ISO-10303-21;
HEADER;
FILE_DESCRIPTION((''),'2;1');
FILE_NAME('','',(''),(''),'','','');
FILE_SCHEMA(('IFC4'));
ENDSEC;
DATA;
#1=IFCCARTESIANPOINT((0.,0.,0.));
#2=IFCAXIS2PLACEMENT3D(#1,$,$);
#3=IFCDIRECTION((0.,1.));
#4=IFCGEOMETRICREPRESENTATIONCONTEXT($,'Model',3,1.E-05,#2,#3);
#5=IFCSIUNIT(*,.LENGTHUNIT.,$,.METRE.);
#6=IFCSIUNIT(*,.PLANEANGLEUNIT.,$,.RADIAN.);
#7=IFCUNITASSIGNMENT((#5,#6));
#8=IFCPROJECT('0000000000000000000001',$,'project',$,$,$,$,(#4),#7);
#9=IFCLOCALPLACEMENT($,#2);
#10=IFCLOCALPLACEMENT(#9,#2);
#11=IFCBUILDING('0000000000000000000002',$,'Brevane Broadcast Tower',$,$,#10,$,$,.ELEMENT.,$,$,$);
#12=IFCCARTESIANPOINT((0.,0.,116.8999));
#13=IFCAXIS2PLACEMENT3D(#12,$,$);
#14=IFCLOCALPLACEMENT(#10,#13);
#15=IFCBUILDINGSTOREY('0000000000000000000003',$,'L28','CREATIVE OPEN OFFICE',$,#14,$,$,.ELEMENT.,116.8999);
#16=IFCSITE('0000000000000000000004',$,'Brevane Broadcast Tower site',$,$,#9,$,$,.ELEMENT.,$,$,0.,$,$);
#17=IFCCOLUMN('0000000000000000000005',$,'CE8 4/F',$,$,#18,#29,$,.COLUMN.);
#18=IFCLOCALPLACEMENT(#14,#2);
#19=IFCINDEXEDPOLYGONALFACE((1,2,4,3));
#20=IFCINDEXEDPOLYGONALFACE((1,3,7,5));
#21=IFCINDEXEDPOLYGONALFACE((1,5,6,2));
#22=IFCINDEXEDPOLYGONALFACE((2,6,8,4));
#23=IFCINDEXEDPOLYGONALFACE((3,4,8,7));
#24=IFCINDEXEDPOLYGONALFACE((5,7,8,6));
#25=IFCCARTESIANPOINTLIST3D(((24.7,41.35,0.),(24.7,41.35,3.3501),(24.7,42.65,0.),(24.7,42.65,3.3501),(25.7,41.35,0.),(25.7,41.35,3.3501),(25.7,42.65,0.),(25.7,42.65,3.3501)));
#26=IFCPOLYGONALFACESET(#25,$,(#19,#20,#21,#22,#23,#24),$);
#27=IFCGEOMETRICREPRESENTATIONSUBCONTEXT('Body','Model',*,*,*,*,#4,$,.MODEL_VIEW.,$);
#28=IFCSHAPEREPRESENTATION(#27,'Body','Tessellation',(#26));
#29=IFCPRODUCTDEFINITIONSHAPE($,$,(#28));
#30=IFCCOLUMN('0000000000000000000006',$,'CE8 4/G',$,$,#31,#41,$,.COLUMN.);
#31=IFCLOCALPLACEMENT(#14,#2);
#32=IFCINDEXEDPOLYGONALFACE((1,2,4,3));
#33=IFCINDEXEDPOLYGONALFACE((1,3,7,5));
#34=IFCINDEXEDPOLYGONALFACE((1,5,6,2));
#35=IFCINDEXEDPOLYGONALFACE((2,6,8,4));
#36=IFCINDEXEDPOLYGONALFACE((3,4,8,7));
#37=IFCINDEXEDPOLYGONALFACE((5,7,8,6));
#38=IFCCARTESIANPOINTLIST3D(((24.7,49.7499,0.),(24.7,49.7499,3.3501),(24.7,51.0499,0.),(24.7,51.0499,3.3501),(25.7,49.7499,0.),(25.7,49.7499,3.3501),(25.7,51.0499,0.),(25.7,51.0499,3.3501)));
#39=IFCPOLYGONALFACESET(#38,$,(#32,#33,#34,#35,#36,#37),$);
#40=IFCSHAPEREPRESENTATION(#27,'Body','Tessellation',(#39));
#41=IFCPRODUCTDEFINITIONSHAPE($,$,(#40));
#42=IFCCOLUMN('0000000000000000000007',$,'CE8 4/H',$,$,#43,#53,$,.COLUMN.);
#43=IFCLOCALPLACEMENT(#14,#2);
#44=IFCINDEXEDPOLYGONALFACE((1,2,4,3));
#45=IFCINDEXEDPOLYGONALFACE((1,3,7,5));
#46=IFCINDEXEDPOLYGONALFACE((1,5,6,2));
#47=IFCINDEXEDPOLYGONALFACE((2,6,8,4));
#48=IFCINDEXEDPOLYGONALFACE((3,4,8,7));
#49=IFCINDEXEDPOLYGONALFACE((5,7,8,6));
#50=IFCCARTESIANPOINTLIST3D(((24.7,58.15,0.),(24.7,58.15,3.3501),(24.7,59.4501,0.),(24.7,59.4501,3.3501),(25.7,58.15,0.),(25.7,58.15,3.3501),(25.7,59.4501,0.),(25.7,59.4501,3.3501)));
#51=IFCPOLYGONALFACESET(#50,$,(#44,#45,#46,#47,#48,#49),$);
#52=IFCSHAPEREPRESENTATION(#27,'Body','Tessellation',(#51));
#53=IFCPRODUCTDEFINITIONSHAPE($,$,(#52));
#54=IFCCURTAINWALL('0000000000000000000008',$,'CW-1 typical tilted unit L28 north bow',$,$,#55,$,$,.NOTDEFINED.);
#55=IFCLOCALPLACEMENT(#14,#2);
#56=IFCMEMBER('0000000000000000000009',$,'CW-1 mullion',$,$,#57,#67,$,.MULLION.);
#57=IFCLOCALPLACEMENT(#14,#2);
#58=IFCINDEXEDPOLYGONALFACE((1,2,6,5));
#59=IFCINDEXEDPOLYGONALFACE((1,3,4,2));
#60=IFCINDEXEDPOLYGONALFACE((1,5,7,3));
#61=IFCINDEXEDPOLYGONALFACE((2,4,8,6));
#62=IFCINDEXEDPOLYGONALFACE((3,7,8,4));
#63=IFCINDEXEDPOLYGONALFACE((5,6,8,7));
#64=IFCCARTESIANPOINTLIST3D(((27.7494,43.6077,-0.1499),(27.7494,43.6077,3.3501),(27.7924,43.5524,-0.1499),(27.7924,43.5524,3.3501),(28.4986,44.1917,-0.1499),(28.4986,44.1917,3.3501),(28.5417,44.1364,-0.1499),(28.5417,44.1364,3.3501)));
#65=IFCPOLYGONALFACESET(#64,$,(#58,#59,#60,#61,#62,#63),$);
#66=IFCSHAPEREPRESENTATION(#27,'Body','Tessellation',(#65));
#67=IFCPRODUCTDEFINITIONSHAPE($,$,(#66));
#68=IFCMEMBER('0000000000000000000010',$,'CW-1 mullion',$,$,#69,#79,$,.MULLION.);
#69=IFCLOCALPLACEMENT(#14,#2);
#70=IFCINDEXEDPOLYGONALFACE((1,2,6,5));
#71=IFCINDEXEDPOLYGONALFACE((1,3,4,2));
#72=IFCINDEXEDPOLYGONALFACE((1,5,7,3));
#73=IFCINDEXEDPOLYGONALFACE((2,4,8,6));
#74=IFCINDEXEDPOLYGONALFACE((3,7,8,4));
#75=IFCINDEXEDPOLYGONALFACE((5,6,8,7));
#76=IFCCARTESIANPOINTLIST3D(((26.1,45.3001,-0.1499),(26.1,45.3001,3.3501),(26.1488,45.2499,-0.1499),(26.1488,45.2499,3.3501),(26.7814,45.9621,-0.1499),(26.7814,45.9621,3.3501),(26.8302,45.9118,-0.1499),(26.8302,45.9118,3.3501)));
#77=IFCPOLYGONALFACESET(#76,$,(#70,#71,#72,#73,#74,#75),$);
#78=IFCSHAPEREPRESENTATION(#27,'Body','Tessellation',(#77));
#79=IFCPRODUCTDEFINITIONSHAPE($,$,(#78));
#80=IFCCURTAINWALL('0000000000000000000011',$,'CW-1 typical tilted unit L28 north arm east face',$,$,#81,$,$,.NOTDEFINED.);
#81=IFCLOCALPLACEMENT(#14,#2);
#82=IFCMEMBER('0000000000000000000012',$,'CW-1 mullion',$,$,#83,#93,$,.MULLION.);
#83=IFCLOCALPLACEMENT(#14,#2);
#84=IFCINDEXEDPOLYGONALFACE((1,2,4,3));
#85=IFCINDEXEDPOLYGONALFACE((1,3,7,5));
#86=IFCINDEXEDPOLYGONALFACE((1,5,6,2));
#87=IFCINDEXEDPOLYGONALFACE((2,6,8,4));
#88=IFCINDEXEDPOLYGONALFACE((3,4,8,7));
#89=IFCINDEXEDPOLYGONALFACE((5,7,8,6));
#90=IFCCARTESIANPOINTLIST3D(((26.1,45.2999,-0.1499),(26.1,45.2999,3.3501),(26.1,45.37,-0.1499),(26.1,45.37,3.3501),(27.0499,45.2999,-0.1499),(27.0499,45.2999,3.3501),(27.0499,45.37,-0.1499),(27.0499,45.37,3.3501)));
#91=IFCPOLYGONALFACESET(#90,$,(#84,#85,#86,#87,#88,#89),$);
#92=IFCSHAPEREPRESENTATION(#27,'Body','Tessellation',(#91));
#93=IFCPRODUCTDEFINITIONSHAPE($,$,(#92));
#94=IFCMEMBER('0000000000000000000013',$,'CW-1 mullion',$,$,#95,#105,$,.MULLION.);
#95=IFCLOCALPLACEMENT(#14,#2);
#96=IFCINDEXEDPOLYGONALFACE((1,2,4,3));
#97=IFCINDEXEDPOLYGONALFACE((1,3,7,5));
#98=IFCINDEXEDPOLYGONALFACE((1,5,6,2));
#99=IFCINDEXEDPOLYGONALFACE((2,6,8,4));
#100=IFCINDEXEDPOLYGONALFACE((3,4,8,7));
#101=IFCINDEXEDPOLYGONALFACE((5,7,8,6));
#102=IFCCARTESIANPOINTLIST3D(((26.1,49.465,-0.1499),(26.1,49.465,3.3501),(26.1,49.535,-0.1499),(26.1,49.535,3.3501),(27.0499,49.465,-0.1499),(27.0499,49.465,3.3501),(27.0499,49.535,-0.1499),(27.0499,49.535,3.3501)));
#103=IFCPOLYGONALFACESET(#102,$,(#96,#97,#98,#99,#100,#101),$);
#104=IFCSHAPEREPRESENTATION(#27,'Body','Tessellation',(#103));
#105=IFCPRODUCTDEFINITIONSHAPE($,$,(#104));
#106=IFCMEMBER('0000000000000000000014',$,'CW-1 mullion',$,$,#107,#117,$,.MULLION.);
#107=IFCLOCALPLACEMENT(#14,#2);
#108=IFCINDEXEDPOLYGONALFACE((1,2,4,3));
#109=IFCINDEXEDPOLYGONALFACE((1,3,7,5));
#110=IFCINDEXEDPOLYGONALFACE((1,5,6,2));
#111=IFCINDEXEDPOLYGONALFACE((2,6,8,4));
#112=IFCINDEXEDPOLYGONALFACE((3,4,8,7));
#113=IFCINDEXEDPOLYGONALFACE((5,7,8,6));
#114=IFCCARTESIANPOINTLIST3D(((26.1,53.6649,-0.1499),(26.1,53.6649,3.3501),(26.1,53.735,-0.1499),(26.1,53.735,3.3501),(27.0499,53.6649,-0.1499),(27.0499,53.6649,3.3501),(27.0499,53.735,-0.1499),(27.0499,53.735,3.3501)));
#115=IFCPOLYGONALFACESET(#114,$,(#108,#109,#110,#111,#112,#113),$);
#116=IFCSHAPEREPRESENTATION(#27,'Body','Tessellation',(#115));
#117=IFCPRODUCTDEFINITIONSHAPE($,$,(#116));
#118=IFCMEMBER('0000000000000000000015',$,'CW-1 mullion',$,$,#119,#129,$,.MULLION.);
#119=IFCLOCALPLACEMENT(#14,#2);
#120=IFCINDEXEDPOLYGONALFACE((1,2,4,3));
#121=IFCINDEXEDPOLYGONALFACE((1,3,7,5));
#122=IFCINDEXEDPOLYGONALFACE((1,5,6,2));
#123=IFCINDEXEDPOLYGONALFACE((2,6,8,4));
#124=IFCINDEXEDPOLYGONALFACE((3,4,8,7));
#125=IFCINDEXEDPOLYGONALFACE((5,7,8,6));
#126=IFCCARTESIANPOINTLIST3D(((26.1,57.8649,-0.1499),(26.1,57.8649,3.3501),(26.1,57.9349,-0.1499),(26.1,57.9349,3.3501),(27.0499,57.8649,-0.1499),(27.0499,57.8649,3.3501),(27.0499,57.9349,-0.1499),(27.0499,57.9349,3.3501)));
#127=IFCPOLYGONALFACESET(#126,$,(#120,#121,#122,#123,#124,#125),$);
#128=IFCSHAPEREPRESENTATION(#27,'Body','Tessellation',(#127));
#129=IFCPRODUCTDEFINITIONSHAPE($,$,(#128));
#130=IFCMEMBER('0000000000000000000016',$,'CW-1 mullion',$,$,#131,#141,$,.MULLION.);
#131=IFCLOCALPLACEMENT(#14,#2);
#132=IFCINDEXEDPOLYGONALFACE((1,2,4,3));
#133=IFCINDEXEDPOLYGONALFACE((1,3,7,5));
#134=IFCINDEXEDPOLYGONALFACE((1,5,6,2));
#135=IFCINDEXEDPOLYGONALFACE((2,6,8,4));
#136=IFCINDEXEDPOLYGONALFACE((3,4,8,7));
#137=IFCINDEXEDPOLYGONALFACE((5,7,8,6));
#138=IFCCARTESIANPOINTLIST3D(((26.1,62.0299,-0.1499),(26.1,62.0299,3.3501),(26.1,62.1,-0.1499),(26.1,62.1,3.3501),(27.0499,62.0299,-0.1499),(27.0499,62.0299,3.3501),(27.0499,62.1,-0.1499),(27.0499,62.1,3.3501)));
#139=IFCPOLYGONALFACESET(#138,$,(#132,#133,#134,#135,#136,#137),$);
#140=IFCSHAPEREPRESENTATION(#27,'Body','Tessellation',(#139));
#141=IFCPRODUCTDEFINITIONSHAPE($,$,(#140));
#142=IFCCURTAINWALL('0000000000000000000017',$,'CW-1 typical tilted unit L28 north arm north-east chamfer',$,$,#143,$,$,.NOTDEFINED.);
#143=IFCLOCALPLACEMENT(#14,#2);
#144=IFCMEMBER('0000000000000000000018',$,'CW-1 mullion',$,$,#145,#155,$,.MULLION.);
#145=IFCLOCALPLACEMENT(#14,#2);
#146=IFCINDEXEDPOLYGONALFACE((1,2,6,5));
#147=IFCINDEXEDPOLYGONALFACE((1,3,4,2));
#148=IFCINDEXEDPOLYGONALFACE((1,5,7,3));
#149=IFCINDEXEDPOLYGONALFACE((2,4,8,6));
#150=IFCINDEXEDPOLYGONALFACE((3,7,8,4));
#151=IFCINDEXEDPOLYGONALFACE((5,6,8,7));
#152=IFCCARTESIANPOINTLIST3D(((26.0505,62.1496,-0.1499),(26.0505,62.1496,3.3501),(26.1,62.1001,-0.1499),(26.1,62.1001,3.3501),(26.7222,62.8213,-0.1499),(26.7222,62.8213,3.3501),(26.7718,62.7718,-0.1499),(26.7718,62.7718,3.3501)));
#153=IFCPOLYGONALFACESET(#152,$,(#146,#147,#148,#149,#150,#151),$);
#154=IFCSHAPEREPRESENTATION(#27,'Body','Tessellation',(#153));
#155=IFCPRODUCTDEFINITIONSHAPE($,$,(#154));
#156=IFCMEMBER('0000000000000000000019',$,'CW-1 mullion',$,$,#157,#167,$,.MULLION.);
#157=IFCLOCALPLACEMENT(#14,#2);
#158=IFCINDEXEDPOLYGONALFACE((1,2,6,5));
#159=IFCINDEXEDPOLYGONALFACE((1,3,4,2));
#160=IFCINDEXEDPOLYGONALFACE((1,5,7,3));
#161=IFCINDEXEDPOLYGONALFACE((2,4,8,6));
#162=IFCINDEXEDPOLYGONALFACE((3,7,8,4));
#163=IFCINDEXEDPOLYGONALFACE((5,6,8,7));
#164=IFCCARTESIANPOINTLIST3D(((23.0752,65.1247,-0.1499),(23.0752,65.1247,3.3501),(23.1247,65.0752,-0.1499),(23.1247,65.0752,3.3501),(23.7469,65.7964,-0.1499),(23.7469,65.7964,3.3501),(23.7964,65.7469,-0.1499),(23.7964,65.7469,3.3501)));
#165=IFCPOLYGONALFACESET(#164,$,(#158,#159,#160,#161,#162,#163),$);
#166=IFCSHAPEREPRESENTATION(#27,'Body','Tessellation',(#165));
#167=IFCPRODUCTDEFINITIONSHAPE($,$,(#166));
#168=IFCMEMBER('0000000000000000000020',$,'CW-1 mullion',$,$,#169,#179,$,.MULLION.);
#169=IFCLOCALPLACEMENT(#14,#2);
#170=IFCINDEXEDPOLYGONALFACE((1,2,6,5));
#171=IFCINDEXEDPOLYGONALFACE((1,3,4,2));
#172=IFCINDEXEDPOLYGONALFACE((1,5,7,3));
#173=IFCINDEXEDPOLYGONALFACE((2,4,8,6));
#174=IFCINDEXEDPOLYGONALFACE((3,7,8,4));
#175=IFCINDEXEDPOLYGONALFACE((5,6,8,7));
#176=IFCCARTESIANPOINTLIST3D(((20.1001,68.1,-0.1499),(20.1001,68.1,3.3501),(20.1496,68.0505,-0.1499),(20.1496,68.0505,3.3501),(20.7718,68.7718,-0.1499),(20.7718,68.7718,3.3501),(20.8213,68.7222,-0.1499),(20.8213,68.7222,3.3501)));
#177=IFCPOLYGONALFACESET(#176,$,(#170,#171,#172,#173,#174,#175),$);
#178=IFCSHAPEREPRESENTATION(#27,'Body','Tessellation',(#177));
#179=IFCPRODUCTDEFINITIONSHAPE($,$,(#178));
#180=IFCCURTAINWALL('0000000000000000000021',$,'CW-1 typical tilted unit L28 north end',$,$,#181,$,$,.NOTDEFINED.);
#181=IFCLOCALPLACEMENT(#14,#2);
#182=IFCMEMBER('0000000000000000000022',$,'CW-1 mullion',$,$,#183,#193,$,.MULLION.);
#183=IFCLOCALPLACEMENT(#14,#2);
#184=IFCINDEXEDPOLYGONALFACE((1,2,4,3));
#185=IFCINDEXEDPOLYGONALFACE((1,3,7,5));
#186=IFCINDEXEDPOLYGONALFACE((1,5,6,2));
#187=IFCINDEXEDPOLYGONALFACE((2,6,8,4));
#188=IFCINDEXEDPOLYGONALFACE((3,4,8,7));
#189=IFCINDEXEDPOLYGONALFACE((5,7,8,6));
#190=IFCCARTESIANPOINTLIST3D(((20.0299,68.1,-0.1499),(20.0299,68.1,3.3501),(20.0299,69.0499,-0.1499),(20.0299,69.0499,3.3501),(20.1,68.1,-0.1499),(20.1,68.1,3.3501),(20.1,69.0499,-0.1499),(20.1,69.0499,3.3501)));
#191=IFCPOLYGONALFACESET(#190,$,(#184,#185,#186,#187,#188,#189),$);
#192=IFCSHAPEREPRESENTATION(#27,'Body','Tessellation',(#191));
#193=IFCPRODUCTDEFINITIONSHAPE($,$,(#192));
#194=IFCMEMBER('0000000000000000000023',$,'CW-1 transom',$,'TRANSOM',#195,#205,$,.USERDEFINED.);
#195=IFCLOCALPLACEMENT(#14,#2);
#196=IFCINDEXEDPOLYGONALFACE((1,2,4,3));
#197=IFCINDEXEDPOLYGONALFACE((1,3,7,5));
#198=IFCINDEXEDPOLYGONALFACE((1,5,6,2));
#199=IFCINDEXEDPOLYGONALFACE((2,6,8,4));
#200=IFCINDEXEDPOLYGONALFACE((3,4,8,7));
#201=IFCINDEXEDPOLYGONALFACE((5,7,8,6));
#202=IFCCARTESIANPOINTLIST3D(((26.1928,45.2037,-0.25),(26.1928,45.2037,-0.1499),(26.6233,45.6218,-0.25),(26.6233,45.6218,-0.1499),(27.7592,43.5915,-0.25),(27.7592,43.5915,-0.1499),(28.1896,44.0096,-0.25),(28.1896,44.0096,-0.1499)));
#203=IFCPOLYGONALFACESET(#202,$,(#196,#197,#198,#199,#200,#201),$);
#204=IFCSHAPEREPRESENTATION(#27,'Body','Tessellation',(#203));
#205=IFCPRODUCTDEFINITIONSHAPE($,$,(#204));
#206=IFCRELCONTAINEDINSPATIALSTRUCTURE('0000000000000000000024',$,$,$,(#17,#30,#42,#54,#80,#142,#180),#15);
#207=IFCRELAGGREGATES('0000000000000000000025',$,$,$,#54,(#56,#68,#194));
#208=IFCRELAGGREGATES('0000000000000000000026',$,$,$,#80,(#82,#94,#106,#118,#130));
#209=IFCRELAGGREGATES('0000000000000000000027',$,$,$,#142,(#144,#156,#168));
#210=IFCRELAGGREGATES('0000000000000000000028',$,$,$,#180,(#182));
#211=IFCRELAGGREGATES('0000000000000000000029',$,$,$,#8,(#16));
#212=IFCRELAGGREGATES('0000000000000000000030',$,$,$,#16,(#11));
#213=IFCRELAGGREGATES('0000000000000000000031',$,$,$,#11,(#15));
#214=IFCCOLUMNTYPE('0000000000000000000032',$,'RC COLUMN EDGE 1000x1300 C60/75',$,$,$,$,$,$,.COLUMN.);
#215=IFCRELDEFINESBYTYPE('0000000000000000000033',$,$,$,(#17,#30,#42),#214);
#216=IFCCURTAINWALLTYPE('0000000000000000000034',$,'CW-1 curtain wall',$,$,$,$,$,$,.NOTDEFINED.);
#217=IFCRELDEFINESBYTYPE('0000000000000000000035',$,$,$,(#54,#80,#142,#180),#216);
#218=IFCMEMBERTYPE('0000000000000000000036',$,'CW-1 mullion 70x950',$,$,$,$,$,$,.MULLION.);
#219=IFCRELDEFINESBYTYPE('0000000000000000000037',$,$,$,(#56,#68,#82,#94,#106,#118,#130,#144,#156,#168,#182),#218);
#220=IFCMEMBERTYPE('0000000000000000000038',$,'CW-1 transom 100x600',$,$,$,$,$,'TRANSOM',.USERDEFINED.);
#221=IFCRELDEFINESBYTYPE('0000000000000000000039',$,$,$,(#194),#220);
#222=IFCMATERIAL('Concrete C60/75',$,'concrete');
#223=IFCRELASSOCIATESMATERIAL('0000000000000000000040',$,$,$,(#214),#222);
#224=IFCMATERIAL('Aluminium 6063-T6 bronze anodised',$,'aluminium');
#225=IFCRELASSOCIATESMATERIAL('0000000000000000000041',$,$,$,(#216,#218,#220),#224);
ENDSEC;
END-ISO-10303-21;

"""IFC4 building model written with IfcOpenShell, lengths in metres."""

from ifc_helpers import new_model, si_unit, direction, frame, origin, origin_2d, place, context, subcontext, project, spatial, rectangle, extrude, material, material_profile, profile_set, type_object, element, aggregate, save


model = new_model("IFC4")

# Units and contexts
model_context = context("Model", 3, precision=1e-05, world=origin(), true_north=direction((0.0, 1.0)))
body_context = subcontext(model_context, "Body", "Model", "MODEL_VIEW")
ifc_project = project(units=[si_unit("LENGTHUNIT", "METRE"), si_unit("PLANEANGLEUNIT", "RADIAN")], contexts=[model_context])

# Site, building, storey
site_placement = place(None, origin())
site = spatial("IfcSite", under=ifc_project, at=site_placement, Name="Brevane Broadcast Tower site", CompositionType="ELEMENT", RefElevation=0.0)
building_placement = place(site_placement, origin())
building = spatial("IfcBuilding", under=site, at=building_placement, Name="Brevane Broadcast Tower", CompositionType="ELEMENT")
storey_placement = place(building_placement, frame((0.0, 0.0, 116.8999)))
storey = spatial("IfcBuildingStorey", under=building, at=storey_placement, Name="L28", Description="CREATIVE OPEN OFFICE", CompositionType="ELEMENT", Elevation=116.8999)

# Columns
ifc_material_1 = material(Name="Concrete C60/75", Category="concrete")
ifc_material_profile_1 = material_profile(ifc_material_1, rectangle(XDim=1.0, YDim=1.3, at=origin_2d()), Name="RC 1000x1300")
ifc_profile_set_1 = profile_set([ifc_material_profile_1], Name="Concrete C60/75")
column_type = type_object("IfcColumnType", Name="RC COLUMN EDGE 1000x1300 C60/75", PredefinedType="COLUMN", material=ifc_profile_set_1)
for number, where, z_axis, x_axis, name in (
    (1, (25.2, 42.0, 0.0), (0.0, 0.0, 1.0), (1.0, 0.0, 0.0), "CE8 4/F"),
    (2, (25.2, 50.3999, 0.0), (0.0, 0.0, 1.0), (1.0, 0.0, 0.0), "CE8 4/G"),
    (3, (25.2, 58.8, 0.0), (0.0, 0.0, 1.0), (1.0, 0.0, 0.0), "CE8 4/H"),
):
    element("IfcColumn", number, at=place(storey_placement, frame(where, z_axis=z_axis, x_axis=x_axis)), inside=storey, type_object=column_type, Name=name, PredefinedType="COLUMN", context=body_context, shape_type="SweptSolid", body=[
        extrude(rectangle(XDim=1.0, YDim=1.3, at=origin_2d()), origin(), (0.0, 0.0, 1.0), 3.3501),
    ])

# Curtain walls, members
ifc_material_2 = material(Name="Aluminium 6063-T6 bronze anodised", Category="aluminium")
curtain_wall_type = type_object("IfcCurtainWallType", Name="CW-1 curtain wall", PredefinedType="NOTDEFINED", material=ifc_material_2)
curtain_wall_1_placement = place(storey_placement, origin())
curtain_wall_1 = element("IfcCurtainWall", 4, at=curtain_wall_1_placement, inside=storey, type_object=curtain_wall_type, Name="CW-1 typical tilted unit L28 north bow", PredefinedType="NOTDEFINED")
ifc_material_profile_2 = material_profile(ifc_material_2, rectangle(XDim=0.95, YDim=0.0701, at=origin_2d()), Name="RECT 70x950")
ifc_profile_set_2 = profile_set([ifc_material_profile_2], Name="Aluminium 6063-T6 bronze anodised")
member_type_1 = type_object("IfcMemberType", Name="CW-1 mullion 70x950", PredefinedType="MULLION", material=ifc_profile_set_2)
member_1_placement = place(storey_placement, frame((28.1455, 43.8721, -0.1499), z_axis=(0.0, 0.0, 1.0), x_axis=(-0.788707, -0.61477, 0.0)))
member_1 = element("IfcMember", 5, at=member_1_placement, type_object=member_type_1, Name="CW-1 mullion", PredefinedType="MULLION", context=body_context, shape_type="SweptSolid", body=[
    extrude(rectangle(XDim=0.95, YDim=0.0701, at=origin_2d()), origin(), (0.0, 0.0, 1.0), 3.5),
])
member_2_placement = place(storey_placement, frame((26.4651, 45.606, -0.1499), z_axis=(0.0, 0.0, 1.0), x_axis=(-0.717254, -0.696812, 0.0)))
member_2 = element("IfcMember", 6, at=member_2_placement, type_object=member_type_1, Name="CW-1 mullion", PredefinedType="MULLION", context=body_context, shape_type="SweptSolid", body=[
    extrude(rectangle(XDim=0.95, YDim=0.0701, at=origin_2d()), origin(), (0.0, 0.0, 1.0), 3.5),
])
curtain_wall_2_placement = place(storey_placement, origin())
curtain_wall_2 = element("IfcCurtainWall", 7, at=curtain_wall_2_placement, inside=storey, type_object=curtain_wall_type, Name="CW-1 typical tilted unit L28 north arm east face", PredefinedType="NOTDEFINED")
member_3_placement = place(storey_placement, frame((26.575, 45.335, -0.1499), z_axis=(0.0, 0.0, 1.0), x_axis=(-1.0, 0.0, 0.0)))
member_3 = element("IfcMember", 8, at=member_3_placement, type_object=member_type_1, Name="CW-1 mullion", PredefinedType="MULLION", context=body_context, shape_type="SweptSolid", body=[
    extrude(rectangle(XDim=0.95, YDim=0.0701, at=origin_2d()), origin(), (0.0, 0.0, 1.0), 3.5),
])
member_4_placement = place(storey_placement, frame((26.575, 49.5, -0.1499), z_axis=(0.0, 0.0, 1.0), x_axis=(-1.0, 0.0, 0.0)))
member_4 = element("IfcMember", 9, at=member_4_placement, type_object=member_type_1, Name="CW-1 mullion", PredefinedType="MULLION", context=body_context, shape_type="SweptSolid", body=[
    extrude(rectangle(XDim=0.95, YDim=0.0701, at=origin_2d()), origin(), (0.0, 0.0, 1.0), 3.5),
])
member_5_placement = place(storey_placement, frame((26.575, 53.7, -0.1499), z_axis=(0.0, 0.0, 1.0), x_axis=(-1.0, 0.0, 0.0)))
member_5 = element("IfcMember", 10, at=member_5_placement, type_object=member_type_1, Name="CW-1 mullion", PredefinedType="MULLION", context=body_context, shape_type="SweptSolid", body=[
    extrude(rectangle(XDim=0.95, YDim=0.0701, at=origin_2d()), origin(), (0.0, 0.0, 1.0), 3.5),
])
member_6_placement = place(storey_placement, frame((26.575, 57.8999, -0.1499), z_axis=(0.0, 0.0, 1.0), x_axis=(-1.0, 0.0, 0.0)))
member_6 = element("IfcMember", 11, at=member_6_placement, type_object=member_type_1, Name="CW-1 mullion", PredefinedType="MULLION", context=body_context, shape_type="SweptSolid", body=[
    extrude(rectangle(XDim=0.95, YDim=0.0701, at=origin_2d()), origin(), (0.0, 0.0, 1.0), 3.5),
])
member_7_placement = place(storey_placement, frame((26.575, 62.0649, -0.1499), z_axis=(0.0, 0.0, 1.0), x_axis=(-1.0, 0.0, 0.0)))
member_7 = element("IfcMember", 12, at=member_7_placement, type_object=member_type_1, Name="CW-1 mullion", PredefinedType="MULLION", context=body_context, shape_type="SweptSolid", body=[
    extrude(rectangle(XDim=0.95, YDim=0.0701, at=origin_2d()), origin(), (0.0, 0.0, 1.0), 3.5),
])
curtain_wall_3_placement = place(storey_placement, origin())
curtain_wall_3 = element("IfcCurtainWall", 13, at=curtain_wall_3_placement, inside=storey, type_object=curtain_wall_type, Name="CW-1 typical tilted unit L28 north arm north-east chamfer", PredefinedType="NOTDEFINED")
member_8_placement = place(storey_placement, frame((26.4111, 62.4607, -0.1499), z_axis=(0.0, 0.0, 1.0), x_axis=(-0.707107, -0.707107, 0.0)))
member_8 = element("IfcMember", 14, at=member_8_placement, type_object=member_type_1, Name="CW-1 mullion", PredefinedType="MULLION", context=body_context, shape_type="SweptSolid", body=[
    extrude(rectangle(XDim=0.95, YDim=0.0701, at=origin_2d()), origin(), (0.0, 0.0, 1.0), 3.5),
])
member_9_placement = place(storey_placement, frame((23.4358, 65.4358, -0.1499), z_axis=(0.0, 0.0, 1.0), x_axis=(-0.707107, -0.707107, 0.0)))
member_9 = element("IfcMember", 15, at=member_9_placement, type_object=member_type_1, Name="CW-1 mullion", PredefinedType="MULLION", context=body_context, shape_type="SweptSolid", body=[
    extrude(rectangle(XDim=0.95, YDim=0.0701, at=origin_2d()), origin(), (0.0, 0.0, 1.0), 3.5),
])
member_10_placement = place(storey_placement, frame((20.4607, 68.4111, -0.1499), z_axis=(0.0, 0.0, 1.0), x_axis=(-0.707107, -0.707107, 0.0)))
member_10 = element("IfcMember", 16, at=member_10_placement, type_object=member_type_1, Name="CW-1 mullion", PredefinedType="MULLION", context=body_context, shape_type="SweptSolid", body=[
    extrude(rectangle(XDim=0.95, YDim=0.0701, at=origin_2d()), origin(), (0.0, 0.0, 1.0), 3.5),
])

# Curtain wall, member
curtain_wall_4_placement = place(storey_placement, origin())
curtain_wall_4 = element("IfcCurtainWall", 17, at=curtain_wall_4_placement, inside=storey, type_object=curtain_wall_type, Name="CW-1 typical tilted unit L28 north end", PredefinedType="NOTDEFINED")
member_11_placement = place(storey_placement, frame((20.0649, 68.575, -0.1499), z_axis=(0.0, 0.0, 1.0), x_axis=(0.0, -1.0, 0.0)))
member_11 = element("IfcMember", 18, at=member_11_placement, type_object=member_type_1, Name="CW-1 mullion", PredefinedType="MULLION", context=body_context, shape_type="SweptSolid", body=[
    extrude(rectangle(XDim=0.95, YDim=0.0701, at=origin_2d()), origin(), (0.0, 0.0, 1.0), 3.5),
])

# Member
ifc_material_profile_3 = material_profile(ifc_material_2, rectangle(XDim=0.6001, YDim=0.1001, at=origin_2d()), Name="RECT 100x600")
ifc_profile_set_3 = profile_set([ifc_material_profile_3], Name="Aluminium 6063-T6 bronze anodised")
member_type_2 = type_object("IfcMemberType", Name="CW-1 transom 100x600", ElementType="TRANSOM", PredefinedType="USERDEFINED", material=ifc_profile_set_3)
member_12_placement = place(storey_placement, frame((27.9744, 43.8005, -0.2), z_axis=(-0.696824, 0.717242, 0.0), x_axis=(-0.717242, -0.696824, 0.0)))
member_12 = element("IfcMember", 19, at=member_12_placement, type_object=member_type_2, Name="CW-1 transom", ObjectType="TRANSOM", PredefinedType="USERDEFINED", context=body_context, shape_type="SweptSolid", body=[
    extrude(rectangle(XDim=0.6001, YDim=0.1001, at=origin_2d()), origin(), (0.0, 0.0, 1.0), 2.2478),
])
aggregate(curtain_wall_1, [member_1, member_2, member_12])
aggregate(curtain_wall_2, [member_3, member_4, member_5, member_6, member_7])
aggregate(curtain_wall_3, [member_8, member_9, member_10])
aggregate(curtain_wall_4, [member_11])

save(model, "model.ifc")
